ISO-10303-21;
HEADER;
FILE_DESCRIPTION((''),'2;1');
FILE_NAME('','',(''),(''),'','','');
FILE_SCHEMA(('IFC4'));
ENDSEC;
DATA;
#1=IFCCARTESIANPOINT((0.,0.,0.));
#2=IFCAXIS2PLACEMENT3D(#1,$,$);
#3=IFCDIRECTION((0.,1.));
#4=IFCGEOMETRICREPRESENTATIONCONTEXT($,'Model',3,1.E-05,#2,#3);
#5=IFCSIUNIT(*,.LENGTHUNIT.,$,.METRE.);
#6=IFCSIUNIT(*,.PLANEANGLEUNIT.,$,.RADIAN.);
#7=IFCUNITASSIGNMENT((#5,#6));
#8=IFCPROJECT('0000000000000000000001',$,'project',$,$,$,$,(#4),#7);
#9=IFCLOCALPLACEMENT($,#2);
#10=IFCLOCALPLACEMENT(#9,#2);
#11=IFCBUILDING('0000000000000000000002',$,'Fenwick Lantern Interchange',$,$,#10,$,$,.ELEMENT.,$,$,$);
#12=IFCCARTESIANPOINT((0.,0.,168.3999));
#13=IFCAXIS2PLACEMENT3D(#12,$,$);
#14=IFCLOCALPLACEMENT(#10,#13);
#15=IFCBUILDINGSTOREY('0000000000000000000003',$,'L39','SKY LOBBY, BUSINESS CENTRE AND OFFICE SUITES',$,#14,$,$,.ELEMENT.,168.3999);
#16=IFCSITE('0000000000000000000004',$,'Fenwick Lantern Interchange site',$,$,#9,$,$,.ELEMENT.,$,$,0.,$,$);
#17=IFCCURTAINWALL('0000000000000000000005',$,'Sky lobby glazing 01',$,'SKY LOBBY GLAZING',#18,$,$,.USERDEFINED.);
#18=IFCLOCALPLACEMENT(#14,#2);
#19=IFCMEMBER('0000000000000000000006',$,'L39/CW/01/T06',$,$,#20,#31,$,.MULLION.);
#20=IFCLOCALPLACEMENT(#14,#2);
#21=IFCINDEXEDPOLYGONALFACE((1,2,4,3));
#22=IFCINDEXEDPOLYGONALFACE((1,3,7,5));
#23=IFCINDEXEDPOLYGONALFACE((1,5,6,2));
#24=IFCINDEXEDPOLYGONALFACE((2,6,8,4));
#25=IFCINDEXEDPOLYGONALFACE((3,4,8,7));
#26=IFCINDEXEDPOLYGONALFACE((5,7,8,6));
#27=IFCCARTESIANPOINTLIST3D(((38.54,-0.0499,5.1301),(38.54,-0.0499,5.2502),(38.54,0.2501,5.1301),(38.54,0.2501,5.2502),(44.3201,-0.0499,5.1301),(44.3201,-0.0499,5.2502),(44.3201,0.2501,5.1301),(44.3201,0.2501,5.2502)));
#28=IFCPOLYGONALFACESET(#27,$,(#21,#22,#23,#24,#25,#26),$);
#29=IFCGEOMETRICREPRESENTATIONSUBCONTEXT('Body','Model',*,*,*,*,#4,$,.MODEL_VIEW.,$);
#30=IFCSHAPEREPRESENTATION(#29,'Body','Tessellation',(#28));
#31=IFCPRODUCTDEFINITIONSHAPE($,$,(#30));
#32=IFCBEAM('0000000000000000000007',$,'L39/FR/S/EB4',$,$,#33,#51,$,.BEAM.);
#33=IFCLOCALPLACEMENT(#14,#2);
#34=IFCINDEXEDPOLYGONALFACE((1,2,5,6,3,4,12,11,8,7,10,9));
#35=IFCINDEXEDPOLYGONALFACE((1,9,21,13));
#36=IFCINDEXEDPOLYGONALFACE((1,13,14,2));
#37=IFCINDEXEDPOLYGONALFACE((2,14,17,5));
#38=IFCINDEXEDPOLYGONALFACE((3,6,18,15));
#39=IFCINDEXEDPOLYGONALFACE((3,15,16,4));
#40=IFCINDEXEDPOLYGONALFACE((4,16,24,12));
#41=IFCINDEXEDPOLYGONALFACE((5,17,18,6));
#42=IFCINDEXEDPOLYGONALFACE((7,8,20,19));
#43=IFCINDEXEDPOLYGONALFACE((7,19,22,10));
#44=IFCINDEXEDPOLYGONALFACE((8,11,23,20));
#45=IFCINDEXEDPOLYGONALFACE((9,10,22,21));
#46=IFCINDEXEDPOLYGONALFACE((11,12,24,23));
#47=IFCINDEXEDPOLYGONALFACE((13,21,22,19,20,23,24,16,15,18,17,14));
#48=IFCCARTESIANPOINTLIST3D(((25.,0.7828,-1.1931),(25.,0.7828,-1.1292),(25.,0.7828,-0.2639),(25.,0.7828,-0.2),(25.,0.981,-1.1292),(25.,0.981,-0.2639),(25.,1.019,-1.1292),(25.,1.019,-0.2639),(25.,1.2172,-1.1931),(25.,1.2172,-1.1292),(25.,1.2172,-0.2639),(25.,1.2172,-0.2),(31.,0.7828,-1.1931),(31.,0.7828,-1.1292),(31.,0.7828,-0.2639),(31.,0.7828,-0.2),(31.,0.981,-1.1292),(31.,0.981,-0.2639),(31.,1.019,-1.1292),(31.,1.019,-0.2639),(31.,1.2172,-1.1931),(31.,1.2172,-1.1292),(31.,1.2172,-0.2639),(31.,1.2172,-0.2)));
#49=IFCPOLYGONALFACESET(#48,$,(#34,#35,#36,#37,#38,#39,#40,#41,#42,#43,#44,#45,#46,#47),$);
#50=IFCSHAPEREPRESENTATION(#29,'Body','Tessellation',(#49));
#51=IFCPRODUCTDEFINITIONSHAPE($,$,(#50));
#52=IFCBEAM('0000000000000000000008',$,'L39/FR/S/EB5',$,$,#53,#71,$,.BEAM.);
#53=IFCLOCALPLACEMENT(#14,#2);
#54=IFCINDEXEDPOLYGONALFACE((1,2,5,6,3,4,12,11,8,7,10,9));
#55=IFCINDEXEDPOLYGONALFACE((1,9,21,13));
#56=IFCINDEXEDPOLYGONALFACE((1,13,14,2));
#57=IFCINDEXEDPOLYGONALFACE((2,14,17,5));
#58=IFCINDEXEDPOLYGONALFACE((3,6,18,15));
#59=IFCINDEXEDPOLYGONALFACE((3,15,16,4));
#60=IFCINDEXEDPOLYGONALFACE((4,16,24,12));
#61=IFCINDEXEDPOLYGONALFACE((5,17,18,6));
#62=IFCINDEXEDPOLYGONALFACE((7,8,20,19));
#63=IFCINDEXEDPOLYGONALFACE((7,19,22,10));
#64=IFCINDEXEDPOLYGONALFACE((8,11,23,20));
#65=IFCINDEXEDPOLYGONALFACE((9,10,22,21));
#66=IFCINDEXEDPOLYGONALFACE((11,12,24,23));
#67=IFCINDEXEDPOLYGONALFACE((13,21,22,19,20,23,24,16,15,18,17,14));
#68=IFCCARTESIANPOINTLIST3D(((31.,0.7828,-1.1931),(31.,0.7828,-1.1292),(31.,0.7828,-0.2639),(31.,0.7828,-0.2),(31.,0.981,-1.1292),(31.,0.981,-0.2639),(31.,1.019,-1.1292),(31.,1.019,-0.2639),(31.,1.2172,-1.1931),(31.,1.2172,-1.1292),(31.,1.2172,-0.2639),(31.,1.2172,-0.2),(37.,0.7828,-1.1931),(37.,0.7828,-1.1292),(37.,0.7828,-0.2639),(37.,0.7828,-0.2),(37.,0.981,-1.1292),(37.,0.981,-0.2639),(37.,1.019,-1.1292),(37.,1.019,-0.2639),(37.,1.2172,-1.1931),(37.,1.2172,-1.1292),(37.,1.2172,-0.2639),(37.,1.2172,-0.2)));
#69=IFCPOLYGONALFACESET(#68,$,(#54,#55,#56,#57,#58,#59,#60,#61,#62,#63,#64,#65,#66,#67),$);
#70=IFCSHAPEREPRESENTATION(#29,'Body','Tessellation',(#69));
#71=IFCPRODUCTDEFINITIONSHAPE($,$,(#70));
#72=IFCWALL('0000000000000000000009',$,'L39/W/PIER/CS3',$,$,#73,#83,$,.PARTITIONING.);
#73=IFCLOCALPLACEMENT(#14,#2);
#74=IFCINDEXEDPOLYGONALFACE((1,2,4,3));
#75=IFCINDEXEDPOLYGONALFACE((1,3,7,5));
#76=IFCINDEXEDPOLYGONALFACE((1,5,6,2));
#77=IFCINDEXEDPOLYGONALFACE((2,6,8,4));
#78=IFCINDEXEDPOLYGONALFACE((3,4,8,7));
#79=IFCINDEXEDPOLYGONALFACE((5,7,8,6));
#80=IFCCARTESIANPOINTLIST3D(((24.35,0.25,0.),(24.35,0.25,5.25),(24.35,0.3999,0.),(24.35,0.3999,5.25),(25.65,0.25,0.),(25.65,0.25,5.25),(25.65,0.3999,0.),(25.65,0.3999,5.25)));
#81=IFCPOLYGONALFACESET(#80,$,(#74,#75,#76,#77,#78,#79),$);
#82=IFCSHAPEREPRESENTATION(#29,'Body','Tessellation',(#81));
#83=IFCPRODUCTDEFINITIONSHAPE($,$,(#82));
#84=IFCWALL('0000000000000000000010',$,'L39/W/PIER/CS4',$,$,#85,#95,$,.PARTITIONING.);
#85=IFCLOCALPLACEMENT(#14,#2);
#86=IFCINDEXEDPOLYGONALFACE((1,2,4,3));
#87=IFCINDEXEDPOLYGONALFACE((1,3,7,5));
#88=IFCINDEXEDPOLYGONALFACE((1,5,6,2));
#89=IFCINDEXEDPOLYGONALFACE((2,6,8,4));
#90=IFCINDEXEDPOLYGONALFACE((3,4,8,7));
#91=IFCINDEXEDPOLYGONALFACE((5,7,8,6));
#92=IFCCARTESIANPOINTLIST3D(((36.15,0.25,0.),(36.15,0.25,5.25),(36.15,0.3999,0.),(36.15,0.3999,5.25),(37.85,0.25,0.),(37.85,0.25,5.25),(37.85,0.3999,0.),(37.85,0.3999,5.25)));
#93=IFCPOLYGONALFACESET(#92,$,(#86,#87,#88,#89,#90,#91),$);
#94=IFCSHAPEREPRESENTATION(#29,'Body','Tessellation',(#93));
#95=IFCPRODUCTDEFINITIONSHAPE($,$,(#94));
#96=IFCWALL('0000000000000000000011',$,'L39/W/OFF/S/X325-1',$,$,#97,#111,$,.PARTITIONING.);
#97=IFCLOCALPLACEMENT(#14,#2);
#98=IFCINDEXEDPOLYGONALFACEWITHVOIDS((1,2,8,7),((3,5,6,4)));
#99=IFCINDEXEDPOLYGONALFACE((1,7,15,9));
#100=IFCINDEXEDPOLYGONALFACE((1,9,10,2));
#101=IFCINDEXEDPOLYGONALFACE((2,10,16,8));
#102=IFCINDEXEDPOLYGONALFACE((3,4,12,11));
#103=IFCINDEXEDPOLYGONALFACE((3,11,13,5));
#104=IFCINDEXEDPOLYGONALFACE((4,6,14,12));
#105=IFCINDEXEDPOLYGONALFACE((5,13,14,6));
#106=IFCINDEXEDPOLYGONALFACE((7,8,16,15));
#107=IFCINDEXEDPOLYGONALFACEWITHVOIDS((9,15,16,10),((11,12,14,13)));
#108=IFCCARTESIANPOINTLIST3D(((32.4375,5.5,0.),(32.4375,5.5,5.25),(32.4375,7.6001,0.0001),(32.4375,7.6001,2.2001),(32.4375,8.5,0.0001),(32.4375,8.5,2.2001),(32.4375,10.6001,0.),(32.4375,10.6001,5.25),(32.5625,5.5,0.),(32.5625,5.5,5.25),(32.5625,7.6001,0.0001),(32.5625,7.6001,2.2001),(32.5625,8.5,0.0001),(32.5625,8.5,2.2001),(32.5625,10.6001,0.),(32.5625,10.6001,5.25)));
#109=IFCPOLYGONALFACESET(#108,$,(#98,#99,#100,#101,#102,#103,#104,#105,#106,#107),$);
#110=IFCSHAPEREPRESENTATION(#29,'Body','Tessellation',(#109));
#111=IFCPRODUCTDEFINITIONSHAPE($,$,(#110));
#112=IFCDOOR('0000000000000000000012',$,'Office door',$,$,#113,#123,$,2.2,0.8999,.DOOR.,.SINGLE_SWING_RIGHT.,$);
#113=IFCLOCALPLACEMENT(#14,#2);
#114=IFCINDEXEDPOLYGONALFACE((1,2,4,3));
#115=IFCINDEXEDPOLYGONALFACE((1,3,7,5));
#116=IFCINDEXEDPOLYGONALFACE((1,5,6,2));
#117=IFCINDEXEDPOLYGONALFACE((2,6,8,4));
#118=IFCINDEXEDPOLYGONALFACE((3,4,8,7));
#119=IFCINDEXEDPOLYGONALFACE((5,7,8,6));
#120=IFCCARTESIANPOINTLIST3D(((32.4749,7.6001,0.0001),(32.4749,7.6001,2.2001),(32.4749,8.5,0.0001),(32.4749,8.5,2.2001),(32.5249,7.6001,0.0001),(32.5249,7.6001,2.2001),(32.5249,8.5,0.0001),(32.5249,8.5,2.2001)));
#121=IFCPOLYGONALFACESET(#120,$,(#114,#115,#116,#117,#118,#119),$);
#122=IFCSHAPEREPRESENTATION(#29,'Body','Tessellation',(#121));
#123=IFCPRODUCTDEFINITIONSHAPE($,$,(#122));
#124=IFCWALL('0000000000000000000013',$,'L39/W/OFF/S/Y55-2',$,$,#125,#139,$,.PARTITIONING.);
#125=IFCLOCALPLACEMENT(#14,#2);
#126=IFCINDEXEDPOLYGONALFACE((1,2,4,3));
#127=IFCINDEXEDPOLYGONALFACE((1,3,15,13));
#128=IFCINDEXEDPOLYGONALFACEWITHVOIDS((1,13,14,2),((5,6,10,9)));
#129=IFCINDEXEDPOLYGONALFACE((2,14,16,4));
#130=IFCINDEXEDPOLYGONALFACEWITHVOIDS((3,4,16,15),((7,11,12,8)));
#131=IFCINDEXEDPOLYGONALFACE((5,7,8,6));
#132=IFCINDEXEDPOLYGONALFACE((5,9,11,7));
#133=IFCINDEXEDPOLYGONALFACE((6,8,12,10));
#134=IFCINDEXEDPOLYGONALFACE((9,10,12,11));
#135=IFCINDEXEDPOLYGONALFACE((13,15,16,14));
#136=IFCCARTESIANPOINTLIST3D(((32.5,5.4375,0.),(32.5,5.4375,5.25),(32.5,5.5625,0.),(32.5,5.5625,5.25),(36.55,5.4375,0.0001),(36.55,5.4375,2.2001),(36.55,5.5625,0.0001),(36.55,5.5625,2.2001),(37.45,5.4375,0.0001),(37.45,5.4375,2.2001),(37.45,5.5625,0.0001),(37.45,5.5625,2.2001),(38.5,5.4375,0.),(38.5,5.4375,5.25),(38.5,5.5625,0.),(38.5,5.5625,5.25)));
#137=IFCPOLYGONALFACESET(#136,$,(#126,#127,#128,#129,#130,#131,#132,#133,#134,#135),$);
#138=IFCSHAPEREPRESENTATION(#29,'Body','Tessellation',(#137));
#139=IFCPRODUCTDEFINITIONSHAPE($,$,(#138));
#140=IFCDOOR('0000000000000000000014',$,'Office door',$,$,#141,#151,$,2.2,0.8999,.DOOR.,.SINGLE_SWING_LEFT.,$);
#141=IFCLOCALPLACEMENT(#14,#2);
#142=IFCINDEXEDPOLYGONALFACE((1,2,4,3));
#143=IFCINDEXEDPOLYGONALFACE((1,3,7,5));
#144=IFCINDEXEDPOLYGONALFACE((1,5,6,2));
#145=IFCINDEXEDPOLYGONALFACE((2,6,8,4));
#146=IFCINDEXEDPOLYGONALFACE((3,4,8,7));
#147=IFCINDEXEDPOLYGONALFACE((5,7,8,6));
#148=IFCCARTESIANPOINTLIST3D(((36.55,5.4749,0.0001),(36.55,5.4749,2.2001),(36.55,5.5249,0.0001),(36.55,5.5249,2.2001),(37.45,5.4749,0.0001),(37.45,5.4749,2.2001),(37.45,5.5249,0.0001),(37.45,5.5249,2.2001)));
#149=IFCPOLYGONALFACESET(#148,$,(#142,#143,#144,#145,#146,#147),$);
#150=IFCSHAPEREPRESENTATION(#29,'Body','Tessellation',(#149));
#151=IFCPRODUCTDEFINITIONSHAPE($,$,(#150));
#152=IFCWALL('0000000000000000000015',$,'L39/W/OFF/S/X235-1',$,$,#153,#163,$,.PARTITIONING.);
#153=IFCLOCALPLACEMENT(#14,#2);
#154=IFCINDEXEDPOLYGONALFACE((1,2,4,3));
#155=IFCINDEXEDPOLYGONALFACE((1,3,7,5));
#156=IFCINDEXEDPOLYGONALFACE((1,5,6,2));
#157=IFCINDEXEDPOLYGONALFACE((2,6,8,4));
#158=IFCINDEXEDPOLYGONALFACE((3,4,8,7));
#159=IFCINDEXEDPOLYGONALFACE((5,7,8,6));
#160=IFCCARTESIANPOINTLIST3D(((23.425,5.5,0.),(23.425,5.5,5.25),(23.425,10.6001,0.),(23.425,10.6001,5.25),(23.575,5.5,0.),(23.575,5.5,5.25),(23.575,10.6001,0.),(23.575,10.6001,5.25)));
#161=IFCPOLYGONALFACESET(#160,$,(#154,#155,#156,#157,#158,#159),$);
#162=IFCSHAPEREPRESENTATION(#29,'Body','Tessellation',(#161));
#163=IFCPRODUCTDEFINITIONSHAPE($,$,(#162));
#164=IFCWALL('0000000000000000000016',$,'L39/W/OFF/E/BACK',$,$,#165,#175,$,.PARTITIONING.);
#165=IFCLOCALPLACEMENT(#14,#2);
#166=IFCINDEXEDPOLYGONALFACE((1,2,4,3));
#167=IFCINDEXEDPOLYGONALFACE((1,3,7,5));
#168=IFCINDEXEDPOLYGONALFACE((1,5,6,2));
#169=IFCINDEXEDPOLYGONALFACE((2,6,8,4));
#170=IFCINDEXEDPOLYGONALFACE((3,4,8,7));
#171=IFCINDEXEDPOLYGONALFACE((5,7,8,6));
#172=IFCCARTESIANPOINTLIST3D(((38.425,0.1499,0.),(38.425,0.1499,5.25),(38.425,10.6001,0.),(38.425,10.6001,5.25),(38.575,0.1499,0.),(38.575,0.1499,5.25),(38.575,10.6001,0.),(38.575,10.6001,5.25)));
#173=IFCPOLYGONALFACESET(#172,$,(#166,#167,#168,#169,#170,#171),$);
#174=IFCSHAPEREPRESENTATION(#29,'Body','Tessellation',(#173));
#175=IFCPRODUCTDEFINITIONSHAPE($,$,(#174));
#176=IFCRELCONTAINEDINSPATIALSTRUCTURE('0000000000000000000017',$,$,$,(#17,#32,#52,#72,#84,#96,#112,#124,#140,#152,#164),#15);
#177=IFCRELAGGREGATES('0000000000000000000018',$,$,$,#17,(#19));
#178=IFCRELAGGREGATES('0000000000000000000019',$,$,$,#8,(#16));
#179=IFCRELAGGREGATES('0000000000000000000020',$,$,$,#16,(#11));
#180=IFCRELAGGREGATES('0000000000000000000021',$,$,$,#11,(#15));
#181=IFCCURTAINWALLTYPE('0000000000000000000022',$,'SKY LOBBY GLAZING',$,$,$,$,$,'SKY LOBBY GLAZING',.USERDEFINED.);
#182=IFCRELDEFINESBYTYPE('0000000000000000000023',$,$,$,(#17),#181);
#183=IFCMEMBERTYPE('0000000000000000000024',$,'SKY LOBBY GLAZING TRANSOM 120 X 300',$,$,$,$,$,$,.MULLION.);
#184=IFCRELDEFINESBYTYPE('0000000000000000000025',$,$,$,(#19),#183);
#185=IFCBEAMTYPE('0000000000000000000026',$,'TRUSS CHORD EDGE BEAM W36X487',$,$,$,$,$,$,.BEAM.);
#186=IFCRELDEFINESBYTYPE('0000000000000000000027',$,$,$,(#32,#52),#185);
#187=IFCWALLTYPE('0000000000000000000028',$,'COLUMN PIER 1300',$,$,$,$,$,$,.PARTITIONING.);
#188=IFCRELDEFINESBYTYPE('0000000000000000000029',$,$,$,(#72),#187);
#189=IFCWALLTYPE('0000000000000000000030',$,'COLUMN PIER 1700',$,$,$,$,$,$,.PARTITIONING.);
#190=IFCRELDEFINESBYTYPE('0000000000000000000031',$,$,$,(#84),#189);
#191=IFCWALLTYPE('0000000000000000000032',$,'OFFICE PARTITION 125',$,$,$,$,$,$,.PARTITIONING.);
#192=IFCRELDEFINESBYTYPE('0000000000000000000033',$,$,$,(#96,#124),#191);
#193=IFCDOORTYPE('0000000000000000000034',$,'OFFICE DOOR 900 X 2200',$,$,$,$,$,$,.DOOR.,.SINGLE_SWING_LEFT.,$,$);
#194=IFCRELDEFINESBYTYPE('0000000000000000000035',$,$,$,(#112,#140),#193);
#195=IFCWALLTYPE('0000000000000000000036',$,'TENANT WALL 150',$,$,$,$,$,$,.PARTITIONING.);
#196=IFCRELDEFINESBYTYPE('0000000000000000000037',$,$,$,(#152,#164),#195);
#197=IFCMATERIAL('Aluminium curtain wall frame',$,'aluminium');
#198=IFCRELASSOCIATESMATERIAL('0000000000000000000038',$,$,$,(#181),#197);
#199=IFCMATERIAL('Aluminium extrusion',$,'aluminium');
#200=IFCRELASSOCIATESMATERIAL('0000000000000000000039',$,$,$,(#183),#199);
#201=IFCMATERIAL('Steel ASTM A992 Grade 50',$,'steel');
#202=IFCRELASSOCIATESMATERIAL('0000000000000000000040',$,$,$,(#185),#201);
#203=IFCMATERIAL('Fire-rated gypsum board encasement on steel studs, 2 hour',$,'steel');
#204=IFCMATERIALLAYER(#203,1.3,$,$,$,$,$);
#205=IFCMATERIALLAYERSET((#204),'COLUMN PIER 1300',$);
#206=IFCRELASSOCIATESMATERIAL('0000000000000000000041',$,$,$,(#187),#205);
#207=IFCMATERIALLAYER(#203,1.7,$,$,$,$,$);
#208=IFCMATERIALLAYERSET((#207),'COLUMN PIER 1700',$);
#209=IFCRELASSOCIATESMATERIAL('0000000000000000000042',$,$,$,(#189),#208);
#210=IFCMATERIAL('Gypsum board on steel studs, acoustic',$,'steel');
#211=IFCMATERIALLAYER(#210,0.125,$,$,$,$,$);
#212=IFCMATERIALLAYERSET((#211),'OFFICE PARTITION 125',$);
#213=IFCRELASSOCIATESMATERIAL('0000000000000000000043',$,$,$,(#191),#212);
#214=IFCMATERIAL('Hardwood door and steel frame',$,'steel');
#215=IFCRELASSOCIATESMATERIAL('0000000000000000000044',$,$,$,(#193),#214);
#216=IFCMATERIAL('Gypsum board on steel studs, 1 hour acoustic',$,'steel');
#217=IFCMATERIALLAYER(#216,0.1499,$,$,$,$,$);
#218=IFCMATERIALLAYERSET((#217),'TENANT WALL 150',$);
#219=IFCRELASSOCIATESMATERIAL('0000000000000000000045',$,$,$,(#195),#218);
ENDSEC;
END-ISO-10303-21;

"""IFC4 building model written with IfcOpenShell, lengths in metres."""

from ifc_helpers import new_model, si_unit, direction, frame, frame_2d, origin, origin_2d, place, context, subcontext, project, spatial, rectangle, i_section, extrude, material, layer, layer_set, material_profile, profile_set, type_object, element, fill, aggregate, save


model = new_model("IFC4")

# Units and contexts
model_context = context("Model", 3, precision=1e-05, world=origin(), true_north=direction((0.0, 1.0)))
body_context = subcontext(model_context, "Body", "Model", "MODEL_VIEW")
ifc_project = project(units=[si_unit("LENGTHUNIT", "METRE"), si_unit("PLANEANGLEUNIT", "RADIAN")], contexts=[model_context])

# Site, building, storey
site_placement = place(None, origin())
site = spatial("IfcSite", under=ifc_project, at=site_placement, Name="Fenwick Lantern Interchange site", CompositionType="ELEMENT", RefElevation=0.0)
building_placement = place(site_placement, origin())
building = spatial("IfcBuilding", under=site, at=building_placement, Name="Fenwick Lantern Interchange", CompositionType="ELEMENT")
storey_placement = place(building_placement, frame((0.0, 0.0, 168.3999)))
storey = spatial("IfcBuildingStorey", under=building, at=storey_placement, Name="L39", Description="SKY LOBBY, BUSINESS CENTRE AND OFFICE SUITES", CompositionType="ELEMENT", Elevation=168.3999)

# Shared definitions
ifc_material_1 = material(Name="Steel ASTM A992 Grade 50", Category="steel")

# Curtain wall, member
ifc_material_2 = material(Name="Aluminium curtain wall frame", Category="aluminium")
curtain_wall_type = type_object("IfcCurtainWallType", Name="SKY LOBBY GLAZING", ElementType="SKY LOBBY GLAZING", PredefinedType="USERDEFINED", material=ifc_material_2)
curtain_wall_placement = place(storey_placement, origin())
curtain_wall = element("IfcCurtainWall", 1, at=curtain_wall_placement, inside=storey, type_object=curtain_wall_type, Name="Sky lobby glazing 01", ObjectType="SKY LOBBY GLAZING", PredefinedType="USERDEFINED")
ifc_material_3 = material(Name="Aluminium extrusion", Category="aluminium")
ifc_material_profile_1 = material_profile(ifc_material_3, rectangle(XDim=0.3, YDim=0.1201, at=origin_2d()), Name="SKY LOBBY GLAZING TRANSOM 120 X 300")
ifc_profile_set_1 = profile_set([ifc_material_profile_1], Name="Aluminium extrusion")
member_type_1 = type_object("IfcMemberType", Name="SKY LOBBY GLAZING TRANSOM 120 X 300", PredefinedType="MULLION", material=ifc_profile_set_1)
member_1_placement = place(storey_placement, frame((38.54, 0.1001, 5.1902), z_axis=(1.0, 0.0, 0.0), x_axis=(0.0, 1.0, 0.0)))
member_1 = element("IfcMember", 2, at=member_1_placement, type_object=member_type_1, Name="L39/CW/01/T06", PredefinedType="MULLION", context=body_context, shape_type="SweptSolid", body=[
    extrude(rectangle(XDim=0.3, YDim=0.1201, at=origin_2d()), origin(), (0.0, 0.0, 1.0), 5.78),
])
aggregate(curtain_wall, [member_1])

# Beams
ifc_material_profile_2 = material_profile(ifc_material_1, i_section(OverallWidth=0.4343, OverallDepth=0.9932, WebThickness=0.0381, FlangeThickness=0.064, at=origin_2d()), Name="W36X487")
ifc_profile_set_2 = profile_set([ifc_material_profile_2], Name="Steel ASTM A992 Grade 50")
beam_type_1 = type_object("IfcBeamType", Name="TRUSS CHORD EDGE BEAM W36X487", PredefinedType="BEAM", material=ifc_profile_set_2)
for number, where, z_axis, x_axis, name in (
    (3, (25.0, 1.0, -0.6965), (1.0, 0.0, 0.0), (0.0, 1.0, 0.0), "L39/FR/S/EB4"),
    (4, (31.0, 1.0, -0.6965), (1.0, 0.0, 0.0), (0.0, 1.0, 0.0), "L39/FR/S/EB5"),
):
    element("IfcBeam", number, at=place(storey_placement, frame(where, z_axis=z_axis, x_axis=x_axis)), inside=storey, type_object=beam_type_1, Name=name, PredefinedType="BEAM", context=body_context, shape_type="SweptSolid", body=[
        extrude(i_section(OverallWidth=0.4343, OverallDepth=0.9932, WebThickness=0.0381, FlangeThickness=0.064, at=origin_2d()), origin(), (0.0, 0.0, 1.0), 6.0),
    ])

# Walls
ifc_material_4 = material(Name="Fire-rated gypsum board encasement on steel studs, 2 hour", Category="steel")
ifc_layer_1 = layer(ifc_material_4, 1.3)
ifc_layer_set_1 = layer_set([ifc_layer_1], Name="COLUMN PIER 1300")
wall_type_1 = type_object("IfcWallType", Name="COLUMN PIER 1300", PredefinedType="PARTITIONING", material=ifc_layer_set_1)
wall_1_placement = place(storey_placement, frame((25.0, 0.25, 0.0), z_axis=(0.0, 0.0, 1.0), x_axis=(0.0, 1.0, 0.0)))
element("IfcWall", 5, at=wall_1_placement, inside=storey, type_object=wall_type_1, Name="L39/W/PIER/CS3", PredefinedType="PARTITIONING", context=body_context, shape_type="SweptSolid", body=[
    extrude(rectangle(XDim=0.1499, YDim=1.3, at=frame_2d((0.075, 0.0))), origin(), (0.0, 0.0, 1.0), 5.25),
])
ifc_layer_2 = layer(ifc_material_4, 1.7)
ifc_layer_set_2 = layer_set([ifc_layer_2], Name="COLUMN PIER 1700")
wall_type_2 = type_object("IfcWallType", Name="COLUMN PIER 1700", PredefinedType="PARTITIONING", material=ifc_layer_set_2)
wall_2_placement = place(storey_placement, frame((37.0, 0.25, 0.0), z_axis=(0.0, 0.0, 1.0), x_axis=(0.0, 1.0, 0.0)))
element("IfcWall", 6, at=wall_2_placement, inside=storey, type_object=wall_type_2, Name="L39/W/PIER/CS4", PredefinedType="PARTITIONING", context=body_context, shape_type="SweptSolid", body=[
    extrude(rectangle(XDim=0.1499, YDim=1.7, at=frame_2d((0.075, 0.0))), origin(), (0.0, 0.0, 1.0), 5.25),
])

# Walls, openings, doors
ifc_material_5 = material(Name="Gypsum board on steel studs, acoustic", Category="steel")
ifc_layer_3 = layer(ifc_material_5, 0.125)
ifc_layer_set_3 = layer_set([ifc_layer_3], Name="OFFICE PARTITION 125")
wall_type_3 = type_object("IfcWallType", Name="OFFICE PARTITION 125", PredefinedType="PARTITIONING", material=ifc_layer_set_3)
wall_3_placement = place(storey_placement, frame((32.5, 5.5, 0.0), z_axis=(0.0, 0.0, 1.0), x_axis=(0.0, 1.0, 0.0)))
wall_3 = element("IfcWall", 7, at=wall_3_placement, inside=storey, type_object=wall_type_3, Name="L39/W/OFF/S/X325-1", PredefinedType="PARTITIONING", context=body_context, shape_type="SweptSolid", body=[
    extrude(rectangle(XDim=5.1001, YDim=0.125, at=frame_2d((2.55, 0.0))), origin(), (0.0, 0.0, 1.0), 5.25),
])
opening_1_placement = place(wall_3_placement, frame((2.1001, 0.0, 0.0)))
opening_1 = element("IfcOpeningElement", 8, at=opening_1_placement, cuts=wall_3, PredefinedType="OPENING", context=body_context, shape_type="SweptSolid", body=[
    extrude(rectangle(XDim=0.8999, YDim=2.2, at=frame_2d((0.45, 1.1001))), frame((0.0, 0.0725, 0.0), z_axis=(0.0, -1.0, 0.0), x_axis=(1.0, 0.0, 0.0)), (0.0, 0.0, 1.0), 0.145),
])
ifc_material_6 = material(Name="Hardwood door and steel frame", Category="steel")
door_type = type_object("IfcDoorType", Name="OFFICE DOOR 900 X 2200", OperationType="SINGLE_SWING_LEFT", PredefinedType="DOOR", material=ifc_material_6)
door_1_placement = place(opening_1_placement, frame((0.8999, 0.0, 0.0), z_axis=(0.0, 0.0, 1.0), x_axis=(-1.0, 0.0, 0.0)))
door_1 = element("IfcDoor", 9, at=door_1_placement, inside=storey, type_object=door_type, Name="Office door", OperationType="SINGLE_SWING_RIGHT", OverallHeight=2.2, OverallWidth=0.8999, PredefinedType="DOOR", context=body_context, shape_type="SweptSolid", body=[
    extrude(rectangle(XDim=0.8999, YDim=2.2, at=frame_2d((0.45, 1.1001))), frame((0.0, 0.0249, 0.0), z_axis=(0.0, -1.0, 0.0), x_axis=(1.0, 0.0, 0.0)), (0.0, 0.0, 1.0), 0.05),
])
fill(opening_1, door_1)
wall_4_placement = place(storey_placement, frame((32.5, 5.5, 0.0), z_axis=(0.0, 0.0, 1.0), x_axis=(1.0, 0.0, 0.0)))
wall_4 = element("IfcWall", 10, at=wall_4_placement, inside=storey, type_object=wall_type_3, Name="L39/W/OFF/S/Y55-2", PredefinedType="PARTITIONING", context=body_context, shape_type="SweptSolid", body=[
    extrude(rectangle(XDim=6.0, YDim=0.125, at=frame_2d((3.0, 0.0))), origin(), (0.0, 0.0, 1.0), 5.25),
])
opening_2_placement = place(wall_4_placement, frame((4.05, 0.0, 0.0)))
opening_2 = element("IfcOpeningElement", 11, at=opening_2_placement, cuts=wall_4, PredefinedType="OPENING", context=body_context, shape_type="SweptSolid", body=[
    extrude(rectangle(XDim=0.8999, YDim=2.2, at=frame_2d((0.45, 1.1001))), frame((0.0, 0.0725, 0.0), z_axis=(0.0, -1.0, 0.0), x_axis=(1.0, 0.0, 0.0)), (0.0, 0.0, 1.0), 0.145),
])
door_2_placement = place(opening_2_placement, origin())
door_2 = element("IfcDoor", 12, at=door_2_placement, inside=storey, type_object=door_type, Name="Office door", OperationType="SINGLE_SWING_LEFT", OverallHeight=2.2, OverallWidth=0.8999, PredefinedType="DOOR", context=body_context, shape_type="SweptSolid", body=[
    extrude(rectangle(XDim=0.8999, YDim=2.2, at=frame_2d((0.45, 1.1001))), frame((0.0, 0.0249, 0.0), z_axis=(0.0, -1.0, 0.0), x_axis=(1.0, 0.0, 0.0)), (0.0, 0.0, 1.0), 0.05),
])
fill(opening_2, door_2)

# Walls
ifc_material_7 = material(Name="Gypsum board on steel studs, 1 hour acoustic", Category="steel")
ifc_layer_4 = layer(ifc_material_7, 0.1499)
ifc_layer_set_4 = layer_set([ifc_layer_4], Name="TENANT WALL 150")
wall_type_4 = type_object("IfcWallType", Name="TENANT WALL 150", PredefinedType="PARTITIONING", material=ifc_layer_set_4)
wall_5_placement = place(storey_placement, frame((23.5, 5.5, 0.0), z_axis=(0.0, 0.0, 1.0), x_axis=(0.0, 1.0, 0.0)))
element("IfcWall", 13, at=wall_5_placement, inside=storey, type_object=wall_type_4, Name="L39/W/OFF/S/X235-1", PredefinedType="PARTITIONING", context=body_context, shape_type="SweptSolid", body=[
    extrude(rectangle(XDim=5.1001, YDim=0.1499, at=frame_2d((2.55, 0.0))), origin(), (0.0, 0.0, 1.0), 5.25),
])
wall_6_placement = place(storey_placement, frame((38.5, 0.1499, 0.0), z_axis=(0.0, 0.0, 1.0), x_axis=(0.0, 1.0, 0.0)))
element("IfcWall", 14, at=wall_6_placement, inside=storey, type_object=wall_type_4, Name="L39/W/OFF/E/BACK", PredefinedType="PARTITIONING", context=body_context, shape_type="SweptSolid", body=[
    extrude(rectangle(XDim=10.4502, YDim=0.1499, at=frame_2d((5.2251, 0.0))), origin(), (0.0, 0.0, 1.0), 5.25),
])

save(model, "model.ifc")
